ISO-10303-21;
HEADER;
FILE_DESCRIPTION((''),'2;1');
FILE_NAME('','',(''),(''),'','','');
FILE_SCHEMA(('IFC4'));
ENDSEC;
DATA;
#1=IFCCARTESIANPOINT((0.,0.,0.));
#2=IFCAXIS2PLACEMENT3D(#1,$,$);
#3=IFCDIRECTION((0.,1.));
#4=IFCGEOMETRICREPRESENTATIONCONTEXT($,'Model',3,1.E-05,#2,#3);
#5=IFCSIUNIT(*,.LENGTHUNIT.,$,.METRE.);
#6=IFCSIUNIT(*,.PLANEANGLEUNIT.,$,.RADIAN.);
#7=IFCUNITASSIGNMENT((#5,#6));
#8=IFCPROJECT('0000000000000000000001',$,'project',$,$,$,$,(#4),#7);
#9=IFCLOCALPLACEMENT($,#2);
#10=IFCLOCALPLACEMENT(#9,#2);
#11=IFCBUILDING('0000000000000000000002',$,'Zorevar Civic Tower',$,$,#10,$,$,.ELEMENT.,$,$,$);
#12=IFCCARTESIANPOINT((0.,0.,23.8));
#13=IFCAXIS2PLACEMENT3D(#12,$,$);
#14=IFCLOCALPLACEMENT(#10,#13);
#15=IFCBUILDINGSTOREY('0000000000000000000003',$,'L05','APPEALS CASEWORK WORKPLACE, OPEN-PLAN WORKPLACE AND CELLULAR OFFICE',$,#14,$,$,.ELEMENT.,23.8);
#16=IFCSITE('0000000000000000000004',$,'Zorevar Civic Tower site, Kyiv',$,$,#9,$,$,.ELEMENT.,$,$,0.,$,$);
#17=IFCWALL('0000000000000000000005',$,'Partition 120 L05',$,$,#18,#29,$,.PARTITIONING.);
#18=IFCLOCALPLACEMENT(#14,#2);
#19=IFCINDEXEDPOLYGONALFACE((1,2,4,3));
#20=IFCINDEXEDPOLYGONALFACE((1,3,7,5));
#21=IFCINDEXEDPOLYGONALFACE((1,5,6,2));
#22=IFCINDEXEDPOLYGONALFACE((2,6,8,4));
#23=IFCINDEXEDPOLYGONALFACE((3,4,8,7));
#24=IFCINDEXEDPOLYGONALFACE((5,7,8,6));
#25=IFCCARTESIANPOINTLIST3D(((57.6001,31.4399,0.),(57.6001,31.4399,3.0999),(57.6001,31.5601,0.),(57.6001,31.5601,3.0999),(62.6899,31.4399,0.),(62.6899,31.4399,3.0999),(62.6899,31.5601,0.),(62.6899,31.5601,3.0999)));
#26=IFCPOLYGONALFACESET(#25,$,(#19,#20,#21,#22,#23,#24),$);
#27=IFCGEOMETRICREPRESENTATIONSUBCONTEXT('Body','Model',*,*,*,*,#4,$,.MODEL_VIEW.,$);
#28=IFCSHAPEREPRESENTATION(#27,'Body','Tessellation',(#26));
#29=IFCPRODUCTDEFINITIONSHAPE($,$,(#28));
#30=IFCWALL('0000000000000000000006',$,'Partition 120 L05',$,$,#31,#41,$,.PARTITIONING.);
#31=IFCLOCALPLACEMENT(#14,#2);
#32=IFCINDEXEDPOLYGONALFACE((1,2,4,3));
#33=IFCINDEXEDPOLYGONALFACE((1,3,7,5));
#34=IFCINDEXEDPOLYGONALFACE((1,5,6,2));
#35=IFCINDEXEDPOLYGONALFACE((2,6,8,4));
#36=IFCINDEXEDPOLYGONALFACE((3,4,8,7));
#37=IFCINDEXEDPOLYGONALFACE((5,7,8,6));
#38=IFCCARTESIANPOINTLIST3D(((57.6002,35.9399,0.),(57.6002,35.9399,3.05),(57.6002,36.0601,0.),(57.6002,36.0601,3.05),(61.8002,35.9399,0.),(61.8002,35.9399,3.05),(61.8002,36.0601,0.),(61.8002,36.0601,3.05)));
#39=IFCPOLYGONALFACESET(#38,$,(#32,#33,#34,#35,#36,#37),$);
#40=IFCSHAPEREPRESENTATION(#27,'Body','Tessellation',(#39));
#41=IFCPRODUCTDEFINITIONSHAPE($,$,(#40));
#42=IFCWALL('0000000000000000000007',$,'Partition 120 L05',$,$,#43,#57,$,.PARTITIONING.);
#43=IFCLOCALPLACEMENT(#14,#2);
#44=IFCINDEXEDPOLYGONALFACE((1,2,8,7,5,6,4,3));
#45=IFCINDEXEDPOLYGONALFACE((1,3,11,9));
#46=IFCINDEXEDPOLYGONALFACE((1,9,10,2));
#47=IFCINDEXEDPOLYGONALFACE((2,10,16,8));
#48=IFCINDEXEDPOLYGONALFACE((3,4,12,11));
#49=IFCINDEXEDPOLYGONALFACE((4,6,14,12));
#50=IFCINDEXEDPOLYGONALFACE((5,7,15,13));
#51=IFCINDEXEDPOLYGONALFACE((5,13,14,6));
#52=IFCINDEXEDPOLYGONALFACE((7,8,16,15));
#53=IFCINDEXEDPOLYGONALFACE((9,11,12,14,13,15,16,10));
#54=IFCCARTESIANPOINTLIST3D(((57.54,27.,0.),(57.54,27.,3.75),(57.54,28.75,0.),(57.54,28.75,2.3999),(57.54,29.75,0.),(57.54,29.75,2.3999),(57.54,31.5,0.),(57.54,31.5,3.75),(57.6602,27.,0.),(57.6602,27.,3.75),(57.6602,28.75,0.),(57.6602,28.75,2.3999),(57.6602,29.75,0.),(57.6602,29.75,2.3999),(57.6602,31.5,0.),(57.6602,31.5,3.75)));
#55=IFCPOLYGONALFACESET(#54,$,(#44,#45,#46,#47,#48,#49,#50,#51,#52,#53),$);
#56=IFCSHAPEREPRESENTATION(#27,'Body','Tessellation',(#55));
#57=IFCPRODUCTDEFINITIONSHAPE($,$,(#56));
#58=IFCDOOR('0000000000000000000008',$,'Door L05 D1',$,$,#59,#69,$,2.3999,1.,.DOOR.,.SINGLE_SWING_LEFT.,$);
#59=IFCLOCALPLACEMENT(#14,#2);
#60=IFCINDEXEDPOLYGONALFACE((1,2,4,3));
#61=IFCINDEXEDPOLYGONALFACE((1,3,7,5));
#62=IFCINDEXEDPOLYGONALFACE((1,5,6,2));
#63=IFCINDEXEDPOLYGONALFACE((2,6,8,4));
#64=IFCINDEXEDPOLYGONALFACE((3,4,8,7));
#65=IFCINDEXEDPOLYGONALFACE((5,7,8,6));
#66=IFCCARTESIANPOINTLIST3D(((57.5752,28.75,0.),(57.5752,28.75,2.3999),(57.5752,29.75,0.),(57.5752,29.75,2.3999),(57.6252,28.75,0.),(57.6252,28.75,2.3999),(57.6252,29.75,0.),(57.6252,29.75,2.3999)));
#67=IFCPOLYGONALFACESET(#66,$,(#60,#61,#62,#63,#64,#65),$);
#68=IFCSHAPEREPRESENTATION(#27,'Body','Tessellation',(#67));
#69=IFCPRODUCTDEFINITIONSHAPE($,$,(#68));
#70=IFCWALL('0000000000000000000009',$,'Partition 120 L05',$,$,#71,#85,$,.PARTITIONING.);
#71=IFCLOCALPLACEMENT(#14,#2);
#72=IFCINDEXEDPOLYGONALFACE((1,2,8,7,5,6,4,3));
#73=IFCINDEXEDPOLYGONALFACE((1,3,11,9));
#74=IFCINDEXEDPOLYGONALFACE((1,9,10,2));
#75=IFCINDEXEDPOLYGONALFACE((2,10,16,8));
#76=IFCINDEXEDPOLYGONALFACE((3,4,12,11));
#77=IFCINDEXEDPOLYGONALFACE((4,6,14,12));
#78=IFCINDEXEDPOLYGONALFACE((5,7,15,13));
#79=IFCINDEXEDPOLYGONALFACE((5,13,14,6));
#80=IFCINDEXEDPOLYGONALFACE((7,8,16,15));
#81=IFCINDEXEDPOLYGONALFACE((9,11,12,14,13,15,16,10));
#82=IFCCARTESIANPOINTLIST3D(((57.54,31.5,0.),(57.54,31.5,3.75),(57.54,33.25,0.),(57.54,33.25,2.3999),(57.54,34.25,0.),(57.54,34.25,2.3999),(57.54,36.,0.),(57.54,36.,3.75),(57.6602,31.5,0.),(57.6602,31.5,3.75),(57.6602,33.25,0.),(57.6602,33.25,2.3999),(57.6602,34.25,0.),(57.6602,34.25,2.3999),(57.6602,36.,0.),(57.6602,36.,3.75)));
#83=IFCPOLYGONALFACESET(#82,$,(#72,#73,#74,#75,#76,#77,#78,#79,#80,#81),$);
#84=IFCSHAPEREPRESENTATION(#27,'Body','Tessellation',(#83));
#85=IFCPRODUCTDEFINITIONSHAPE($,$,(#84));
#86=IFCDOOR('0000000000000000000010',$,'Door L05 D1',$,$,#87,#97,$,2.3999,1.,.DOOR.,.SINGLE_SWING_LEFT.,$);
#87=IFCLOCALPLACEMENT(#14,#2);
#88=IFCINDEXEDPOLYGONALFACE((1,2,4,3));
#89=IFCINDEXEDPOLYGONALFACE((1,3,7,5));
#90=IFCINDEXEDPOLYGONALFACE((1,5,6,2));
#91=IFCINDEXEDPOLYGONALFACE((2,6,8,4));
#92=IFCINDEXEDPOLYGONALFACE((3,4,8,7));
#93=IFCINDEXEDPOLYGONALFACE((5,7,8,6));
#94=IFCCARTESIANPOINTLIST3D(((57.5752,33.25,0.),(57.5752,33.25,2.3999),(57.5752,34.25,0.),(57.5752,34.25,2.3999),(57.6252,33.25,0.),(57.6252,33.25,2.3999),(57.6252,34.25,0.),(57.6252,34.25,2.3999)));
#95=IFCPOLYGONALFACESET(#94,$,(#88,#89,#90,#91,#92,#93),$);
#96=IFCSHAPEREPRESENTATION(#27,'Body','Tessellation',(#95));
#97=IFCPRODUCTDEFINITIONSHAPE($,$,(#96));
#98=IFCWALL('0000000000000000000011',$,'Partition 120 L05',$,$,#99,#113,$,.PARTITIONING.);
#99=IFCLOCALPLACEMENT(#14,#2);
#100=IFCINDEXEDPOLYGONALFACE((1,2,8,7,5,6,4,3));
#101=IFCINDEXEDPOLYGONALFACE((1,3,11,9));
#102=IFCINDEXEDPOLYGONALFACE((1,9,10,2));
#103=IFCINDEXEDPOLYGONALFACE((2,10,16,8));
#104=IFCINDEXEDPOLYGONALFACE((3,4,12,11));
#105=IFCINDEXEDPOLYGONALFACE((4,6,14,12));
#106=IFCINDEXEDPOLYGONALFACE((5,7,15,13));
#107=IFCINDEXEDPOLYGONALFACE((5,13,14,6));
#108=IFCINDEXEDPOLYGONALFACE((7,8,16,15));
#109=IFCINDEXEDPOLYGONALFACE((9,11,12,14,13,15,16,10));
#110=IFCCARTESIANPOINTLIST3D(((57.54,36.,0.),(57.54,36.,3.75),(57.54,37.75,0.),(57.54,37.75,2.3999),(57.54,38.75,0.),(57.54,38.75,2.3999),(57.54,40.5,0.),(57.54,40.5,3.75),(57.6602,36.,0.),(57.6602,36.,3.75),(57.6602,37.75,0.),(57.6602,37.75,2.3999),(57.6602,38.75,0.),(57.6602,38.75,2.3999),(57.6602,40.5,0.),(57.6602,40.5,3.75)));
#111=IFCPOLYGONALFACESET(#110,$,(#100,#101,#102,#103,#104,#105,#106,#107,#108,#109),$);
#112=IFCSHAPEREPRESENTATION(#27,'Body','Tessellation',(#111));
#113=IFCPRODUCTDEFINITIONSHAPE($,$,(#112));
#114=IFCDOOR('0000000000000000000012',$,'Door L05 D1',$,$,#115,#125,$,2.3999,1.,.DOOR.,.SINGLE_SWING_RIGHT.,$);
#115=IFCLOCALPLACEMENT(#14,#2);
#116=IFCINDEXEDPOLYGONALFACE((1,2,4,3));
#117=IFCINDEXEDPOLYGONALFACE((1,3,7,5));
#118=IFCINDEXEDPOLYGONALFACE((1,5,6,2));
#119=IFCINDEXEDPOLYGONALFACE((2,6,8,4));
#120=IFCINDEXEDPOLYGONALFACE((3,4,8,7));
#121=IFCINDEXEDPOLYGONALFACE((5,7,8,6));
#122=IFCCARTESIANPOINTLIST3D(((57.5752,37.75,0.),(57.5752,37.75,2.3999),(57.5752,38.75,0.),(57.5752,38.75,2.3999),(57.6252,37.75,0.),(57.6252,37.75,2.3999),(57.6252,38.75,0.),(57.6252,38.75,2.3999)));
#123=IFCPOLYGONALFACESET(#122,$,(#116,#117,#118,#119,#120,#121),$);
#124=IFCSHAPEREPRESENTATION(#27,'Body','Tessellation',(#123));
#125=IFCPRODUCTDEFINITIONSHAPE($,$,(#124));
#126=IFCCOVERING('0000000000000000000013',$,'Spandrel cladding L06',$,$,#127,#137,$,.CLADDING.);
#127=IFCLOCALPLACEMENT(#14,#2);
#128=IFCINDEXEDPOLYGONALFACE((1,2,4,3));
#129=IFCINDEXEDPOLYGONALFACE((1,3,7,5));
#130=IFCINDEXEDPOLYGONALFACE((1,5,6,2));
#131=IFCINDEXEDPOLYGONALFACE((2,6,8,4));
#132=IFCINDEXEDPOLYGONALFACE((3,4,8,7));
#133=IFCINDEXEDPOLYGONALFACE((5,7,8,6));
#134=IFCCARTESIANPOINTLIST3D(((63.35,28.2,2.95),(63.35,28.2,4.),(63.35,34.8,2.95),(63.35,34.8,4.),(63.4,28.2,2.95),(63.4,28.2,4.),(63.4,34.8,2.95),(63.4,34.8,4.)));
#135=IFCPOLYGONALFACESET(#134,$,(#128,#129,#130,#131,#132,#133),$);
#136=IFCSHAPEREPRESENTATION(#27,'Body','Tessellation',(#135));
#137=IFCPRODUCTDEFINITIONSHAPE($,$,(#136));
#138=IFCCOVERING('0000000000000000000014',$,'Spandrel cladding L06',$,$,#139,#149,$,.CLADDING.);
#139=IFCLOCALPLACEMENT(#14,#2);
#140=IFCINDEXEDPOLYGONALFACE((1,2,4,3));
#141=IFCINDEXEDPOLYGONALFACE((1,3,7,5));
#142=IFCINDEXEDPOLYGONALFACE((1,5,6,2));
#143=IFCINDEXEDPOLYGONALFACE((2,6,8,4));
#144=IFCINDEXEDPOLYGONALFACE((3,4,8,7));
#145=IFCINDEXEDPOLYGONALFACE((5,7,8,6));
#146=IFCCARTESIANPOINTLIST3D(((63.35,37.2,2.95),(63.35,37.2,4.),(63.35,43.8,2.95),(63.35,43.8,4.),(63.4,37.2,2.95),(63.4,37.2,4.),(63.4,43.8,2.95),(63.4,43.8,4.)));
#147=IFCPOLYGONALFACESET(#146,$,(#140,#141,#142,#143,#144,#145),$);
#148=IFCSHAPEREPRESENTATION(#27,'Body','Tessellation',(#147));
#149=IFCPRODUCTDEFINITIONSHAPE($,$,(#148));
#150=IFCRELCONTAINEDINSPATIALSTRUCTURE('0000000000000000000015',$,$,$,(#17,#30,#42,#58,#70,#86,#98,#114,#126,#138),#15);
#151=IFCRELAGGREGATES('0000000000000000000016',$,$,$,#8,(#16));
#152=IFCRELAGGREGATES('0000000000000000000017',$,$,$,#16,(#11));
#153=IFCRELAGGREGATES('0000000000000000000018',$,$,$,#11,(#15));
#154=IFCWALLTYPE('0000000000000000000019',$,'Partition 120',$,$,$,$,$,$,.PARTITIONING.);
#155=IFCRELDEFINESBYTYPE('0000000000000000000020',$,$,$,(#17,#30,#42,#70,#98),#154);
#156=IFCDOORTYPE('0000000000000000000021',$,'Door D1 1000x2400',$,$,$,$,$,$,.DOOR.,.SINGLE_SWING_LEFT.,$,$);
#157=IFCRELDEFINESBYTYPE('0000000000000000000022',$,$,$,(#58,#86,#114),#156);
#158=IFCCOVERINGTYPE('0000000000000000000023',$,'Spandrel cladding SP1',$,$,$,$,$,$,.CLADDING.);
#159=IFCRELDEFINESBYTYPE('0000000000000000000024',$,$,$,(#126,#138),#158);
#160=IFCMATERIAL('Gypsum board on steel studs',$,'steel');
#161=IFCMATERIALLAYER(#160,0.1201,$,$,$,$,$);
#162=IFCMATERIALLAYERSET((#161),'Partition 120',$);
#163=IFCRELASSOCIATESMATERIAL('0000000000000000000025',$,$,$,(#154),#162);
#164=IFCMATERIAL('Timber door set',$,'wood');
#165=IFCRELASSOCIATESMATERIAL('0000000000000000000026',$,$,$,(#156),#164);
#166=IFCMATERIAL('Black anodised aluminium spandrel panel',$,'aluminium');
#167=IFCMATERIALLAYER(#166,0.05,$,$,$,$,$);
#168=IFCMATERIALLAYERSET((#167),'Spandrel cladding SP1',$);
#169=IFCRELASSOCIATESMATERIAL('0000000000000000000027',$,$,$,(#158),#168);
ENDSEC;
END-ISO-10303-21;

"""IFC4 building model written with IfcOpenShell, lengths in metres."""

from ifc_helpers import new_model, si_unit, direction, frame, frame_2d, origin, place, context, subcontext, project, spatial, rectangle, extrude, material, layer, layer_set, type_object, element, fill, save


model = new_model("IFC4")

# Units and contexts
model_context = context("Model", 3, precision=1e-05, world=origin(), true_north=direction((0.0, 1.0)))
body_context = subcontext(model_context, "Body", "Model", "MODEL_VIEW")
ifc_project = project(units=[si_unit("LENGTHUNIT", "METRE"), si_unit("PLANEANGLEUNIT", "RADIAN")], contexts=[model_context])

# Site, building, storey
site_placement = place(None, origin())
site = spatial("IfcSite", under=ifc_project, at=site_placement, Name="Zorevar Civic Tower site, Kyiv", CompositionType="ELEMENT", RefElevation=0.0)
building_placement = place(site_placement, origin())
building = spatial("IfcBuilding", under=site, at=building_placement, Name="Zorevar Civic Tower", CompositionType="ELEMENT")
storey_placement = place(building_placement, frame((0.0, 0.0, 23.8)))
storey = spatial("IfcBuildingStorey", under=building, at=storey_placement, Name="L05", Description="APPEALS CASEWORK WORKPLACE, OPEN-PLAN WORKPLACE AND CELLULAR OFFICE", CompositionType="ELEMENT", Elevation=23.8)

# Walls
ifc_material_1 = material(Name="Gypsum board on steel studs", Category="steel")
ifc_layer_1 = layer(ifc_material_1, 0.1201)
ifc_layer_set_1 = layer_set([ifc_layer_1], Name="Partition 120")
wall_type_1 = type_object("IfcWallType", Name="Partition 120", PredefinedType="PARTITIONING", material=ifc_layer_set_1)
wall_1_placement = place(storey_placement, frame((57.6001, 31.5, 0.0), z_axis=(0.0, 0.0, 1.0), x_axis=(1.0, 0.0, 0.0)))
element("IfcWall", 1, at=wall_1_placement, inside=storey, type_object=wall_type_1, Name="Partition 120 L05", PredefinedType="PARTITIONING", context=body_context, shape_type="SweptSolid", body=[
    extrude(rectangle(XDim=5.0898, YDim=0.1201, at=frame_2d((2.5449, 0.0))), origin(), (0.0, 0.0, 1.0), 3.0999),
])
wall_2_placement = place(storey_placement, frame((57.6001, 36.0, 0.0), z_axis=(0.0, 0.0, 1.0), x_axis=(1.0, 0.0, 0.0)))
element("IfcWall", 2, at=wall_2_placement, inside=storey, type_object=wall_type_1, Name="Partition 120 L05", PredefinedType="PARTITIONING", context=body_context, shape_type="SweptSolid", body=[
    extrude(rectangle(XDim=4.2, YDim=0.1201, at=frame_2d((2.1001, 0.0))), origin(), (0.0, 0.0, 1.0), 3.05),
])

# Walls, openings, doors
wall_3_placement = place(storey_placement, frame((57.6001, 27.0, 0.0), z_axis=(0.0, 0.0, 1.0), x_axis=(0.0, 1.0, 0.0)))
wall_3 = element("IfcWall", 3, at=wall_3_placement, inside=storey, type_object=wall_type_1, Name="Partition 120 L05", PredefinedType="PARTITIONING", context=body_context, shape_type="SweptSolid", body=[
    extrude(rectangle(XDim=4.5, YDim=0.1201, at=frame_2d((2.25, 0.0))), origin(), (0.0, 0.0, 1.0), 3.75),
])
opening_1_placement = place(wall_3_placement, frame((1.75, 0.0, 0.0)))
opening_1 = element("IfcOpeningElement", 4, at=opening_1_placement, cuts=wall_3, PredefinedType="OPENING", context=body_context, shape_type="SweptSolid", body=[
    extrude(rectangle(XDim=1.0, YDim=2.3999, at=frame_2d((0.5, 1.2))), frame((0.0, 0.0701, 0.0), z_axis=(0.0, -1.0, 0.0), x_axis=(1.0, 0.0, 0.0)), (0.0, 0.0, 1.0), 0.1401),
])
ifc_material_2 = material(Name="Timber door set", Category="wood")
door_type_1 = type_object("IfcDoorType", Name="Door D1 1000x2400", OperationType="SINGLE_SWING_LEFT", PredefinedType="DOOR", material=ifc_material_2)
door_1_placement = place(opening_1_placement, origin())
door_1 = element("IfcDoor", 5, at=door_1_placement, inside=storey, type_object=door_type_1, Name="Door L05 D1", OperationType="SINGLE_SWING_LEFT", OverallHeight=2.3999, OverallWidth=1.0, PredefinedType="DOOR", context=body_context, shape_type="SweptSolid", body=[
    extrude(rectangle(XDim=1.0, YDim=2.3999, at=frame_2d((0.5, 1.2))), frame((0.0, 0.0249, 0.0), z_axis=(0.0, -1.0, 0.0), x_axis=(1.0, 0.0, 0.0)), (0.0, 0.0, 1.0), 0.05),
])
fill(opening_1, door_1)
wall_4_placement = place(storey_placement, frame((57.6001, 31.5, 0.0), z_axis=(0.0, 0.0, 1.0), x_axis=(0.0, 1.0, 0.0)))
wall_4 = element("IfcWall", 6, at=wall_4_placement, inside=storey, type_object=wall_type_1, Name="Partition 120 L05", PredefinedType="PARTITIONING", context=body_context, shape_type="SweptSolid", body=[
    extrude(rectangle(XDim=4.5, YDim=0.1201, at=frame_2d((2.25, 0.0))), origin(), (0.0, 0.0, 1.0), 3.75),
])
opening_2_placement = place(wall_4_placement, frame((1.75, 0.0, 0.0)))
opening_2 = element("IfcOpeningElement", 7, at=opening_2_placement, cuts=wall_4, PredefinedType="OPENING", context=body_context, shape_type="SweptSolid", body=[
    extrude(rectangle(XDim=1.0, YDim=2.3999, at=frame_2d((0.5, 1.2))), frame((0.0, 0.0701, 0.0), z_axis=(0.0, -1.0, 0.0), x_axis=(1.0, 0.0, 0.0)), (0.0, 0.0, 1.0), 0.1401),
])
door_2_placement = place(opening_2_placement, origin())
door_2 = element("IfcDoor", 8, at=door_2_placement, inside=storey, type_object=door_type_1, Name="Door L05 D1", OperationType="SINGLE_SWING_LEFT", OverallHeight=2.3999, OverallWidth=1.0, PredefinedType="DOOR", context=body_context, shape_type="SweptSolid", body=[
    extrude(rectangle(XDim=1.0, YDim=2.3999, at=frame_2d((0.5, 1.2))), frame((0.0, 0.0249, 0.0), z_axis=(0.0, -1.0, 0.0), x_axis=(1.0, 0.0, 0.0)), (0.0, 0.0, 1.0), 0.05),
])
fill(opening_2, door_2)
wall_5_placement = place(storey_placement, frame((57.6001, 36.0, 0.0), z_axis=(0.0, 0.0, 1.0), x_axis=(0.0, 1.0, 0.0)))
wall_5 = element("IfcWall", 9, at=wall_5_placement, inside=storey, type_object=wall_type_1, Name="Partition 120 L05", PredefinedType="PARTITIONING", context=body_context, shape_type="SweptSolid", body=[
    extrude(rectangle(XDim=4.5, YDim=0.1201, at=frame_2d((2.25, 0.0))), origin(), (0.0, 0.0, 1.0), 3.75),
])
opening_3_placement = place(wall_5_placement, frame((1.75, 0.0, 0.0)))
opening_3 = element("IfcOpeningElement", 10, at=opening_3_placement, cuts=wall_5, PredefinedType="OPENING", context=body_context, shape_type="SweptSolid", body=[
    extrude(rectangle(XDim=1.0, YDim=2.3999, at=frame_2d((0.5, 1.2))), frame((0.0, 0.0701, 0.0), z_axis=(0.0, -1.0, 0.0), x_axis=(1.0, 0.0, 0.0)), (0.0, 0.0, 1.0), 0.1401),
])
door_3_placement = place(opening_3_placement, origin())
door_3 = element("IfcDoor", 11, at=door_3_placement, inside=storey, type_object=door_type_1, Name="Door L05 D1", OperationType="SINGLE_SWING_RIGHT", OverallHeight=2.3999, OverallWidth=1.0, PredefinedType="DOOR", context=body_context, shape_type="SweptSolid", body=[
    extrude(rectangle(XDim=1.0, YDim=2.3999, at=frame_2d((0.5, 1.2))), frame((0.0, 0.0249, 0.0), z_axis=(0.0, -1.0, 0.0), x_axis=(1.0, 0.0, 0.0)), (0.0, 0.0, 1.0), 0.05),
])
fill(opening_3, door_3)

# Coverings
ifc_material_3 = material(Name="Black anodised aluminium spandrel panel", Category="aluminium")
ifc_layer_2 = layer(ifc_material_3, 0.05)
ifc_layer_set_2 = layer_set([ifc_layer_2], Name="Spandrel cladding SP1")
covering_type = type_object("IfcCoveringType", Name="Spandrel cladding SP1", PredefinedType="CLADDING", material=ifc_layer_set_2)
for number, where, z_axis, x_axis, name in (
    (12, (63.375, 28.2, 2.95), (0.0, 0.0, 1.0), (0.0, 1.0, 0.0), "Spandrel cladding L06"),
    (13, (63.375, 37.2, 2.95), (0.0, 0.0, 1.0), (0.0, 1.0, 0.0), "Spandrel cladding L06"),
):
    element("IfcCovering", number, at=place(storey_placement, frame(where, z_axis=z_axis, x_axis=x_axis)), inside=storey, type_object=covering_type, Name=name, PredefinedType="CLADDING", context=body_context, shape_type="SweptSolid", body=[
        extrude(rectangle(XDim=6.6001, YDim=0.05, at=frame_2d((3.3, 0.0))), origin(), (0.0, 0.0, 1.0), 1.05),
    ])

save(model, "model.ifc")
